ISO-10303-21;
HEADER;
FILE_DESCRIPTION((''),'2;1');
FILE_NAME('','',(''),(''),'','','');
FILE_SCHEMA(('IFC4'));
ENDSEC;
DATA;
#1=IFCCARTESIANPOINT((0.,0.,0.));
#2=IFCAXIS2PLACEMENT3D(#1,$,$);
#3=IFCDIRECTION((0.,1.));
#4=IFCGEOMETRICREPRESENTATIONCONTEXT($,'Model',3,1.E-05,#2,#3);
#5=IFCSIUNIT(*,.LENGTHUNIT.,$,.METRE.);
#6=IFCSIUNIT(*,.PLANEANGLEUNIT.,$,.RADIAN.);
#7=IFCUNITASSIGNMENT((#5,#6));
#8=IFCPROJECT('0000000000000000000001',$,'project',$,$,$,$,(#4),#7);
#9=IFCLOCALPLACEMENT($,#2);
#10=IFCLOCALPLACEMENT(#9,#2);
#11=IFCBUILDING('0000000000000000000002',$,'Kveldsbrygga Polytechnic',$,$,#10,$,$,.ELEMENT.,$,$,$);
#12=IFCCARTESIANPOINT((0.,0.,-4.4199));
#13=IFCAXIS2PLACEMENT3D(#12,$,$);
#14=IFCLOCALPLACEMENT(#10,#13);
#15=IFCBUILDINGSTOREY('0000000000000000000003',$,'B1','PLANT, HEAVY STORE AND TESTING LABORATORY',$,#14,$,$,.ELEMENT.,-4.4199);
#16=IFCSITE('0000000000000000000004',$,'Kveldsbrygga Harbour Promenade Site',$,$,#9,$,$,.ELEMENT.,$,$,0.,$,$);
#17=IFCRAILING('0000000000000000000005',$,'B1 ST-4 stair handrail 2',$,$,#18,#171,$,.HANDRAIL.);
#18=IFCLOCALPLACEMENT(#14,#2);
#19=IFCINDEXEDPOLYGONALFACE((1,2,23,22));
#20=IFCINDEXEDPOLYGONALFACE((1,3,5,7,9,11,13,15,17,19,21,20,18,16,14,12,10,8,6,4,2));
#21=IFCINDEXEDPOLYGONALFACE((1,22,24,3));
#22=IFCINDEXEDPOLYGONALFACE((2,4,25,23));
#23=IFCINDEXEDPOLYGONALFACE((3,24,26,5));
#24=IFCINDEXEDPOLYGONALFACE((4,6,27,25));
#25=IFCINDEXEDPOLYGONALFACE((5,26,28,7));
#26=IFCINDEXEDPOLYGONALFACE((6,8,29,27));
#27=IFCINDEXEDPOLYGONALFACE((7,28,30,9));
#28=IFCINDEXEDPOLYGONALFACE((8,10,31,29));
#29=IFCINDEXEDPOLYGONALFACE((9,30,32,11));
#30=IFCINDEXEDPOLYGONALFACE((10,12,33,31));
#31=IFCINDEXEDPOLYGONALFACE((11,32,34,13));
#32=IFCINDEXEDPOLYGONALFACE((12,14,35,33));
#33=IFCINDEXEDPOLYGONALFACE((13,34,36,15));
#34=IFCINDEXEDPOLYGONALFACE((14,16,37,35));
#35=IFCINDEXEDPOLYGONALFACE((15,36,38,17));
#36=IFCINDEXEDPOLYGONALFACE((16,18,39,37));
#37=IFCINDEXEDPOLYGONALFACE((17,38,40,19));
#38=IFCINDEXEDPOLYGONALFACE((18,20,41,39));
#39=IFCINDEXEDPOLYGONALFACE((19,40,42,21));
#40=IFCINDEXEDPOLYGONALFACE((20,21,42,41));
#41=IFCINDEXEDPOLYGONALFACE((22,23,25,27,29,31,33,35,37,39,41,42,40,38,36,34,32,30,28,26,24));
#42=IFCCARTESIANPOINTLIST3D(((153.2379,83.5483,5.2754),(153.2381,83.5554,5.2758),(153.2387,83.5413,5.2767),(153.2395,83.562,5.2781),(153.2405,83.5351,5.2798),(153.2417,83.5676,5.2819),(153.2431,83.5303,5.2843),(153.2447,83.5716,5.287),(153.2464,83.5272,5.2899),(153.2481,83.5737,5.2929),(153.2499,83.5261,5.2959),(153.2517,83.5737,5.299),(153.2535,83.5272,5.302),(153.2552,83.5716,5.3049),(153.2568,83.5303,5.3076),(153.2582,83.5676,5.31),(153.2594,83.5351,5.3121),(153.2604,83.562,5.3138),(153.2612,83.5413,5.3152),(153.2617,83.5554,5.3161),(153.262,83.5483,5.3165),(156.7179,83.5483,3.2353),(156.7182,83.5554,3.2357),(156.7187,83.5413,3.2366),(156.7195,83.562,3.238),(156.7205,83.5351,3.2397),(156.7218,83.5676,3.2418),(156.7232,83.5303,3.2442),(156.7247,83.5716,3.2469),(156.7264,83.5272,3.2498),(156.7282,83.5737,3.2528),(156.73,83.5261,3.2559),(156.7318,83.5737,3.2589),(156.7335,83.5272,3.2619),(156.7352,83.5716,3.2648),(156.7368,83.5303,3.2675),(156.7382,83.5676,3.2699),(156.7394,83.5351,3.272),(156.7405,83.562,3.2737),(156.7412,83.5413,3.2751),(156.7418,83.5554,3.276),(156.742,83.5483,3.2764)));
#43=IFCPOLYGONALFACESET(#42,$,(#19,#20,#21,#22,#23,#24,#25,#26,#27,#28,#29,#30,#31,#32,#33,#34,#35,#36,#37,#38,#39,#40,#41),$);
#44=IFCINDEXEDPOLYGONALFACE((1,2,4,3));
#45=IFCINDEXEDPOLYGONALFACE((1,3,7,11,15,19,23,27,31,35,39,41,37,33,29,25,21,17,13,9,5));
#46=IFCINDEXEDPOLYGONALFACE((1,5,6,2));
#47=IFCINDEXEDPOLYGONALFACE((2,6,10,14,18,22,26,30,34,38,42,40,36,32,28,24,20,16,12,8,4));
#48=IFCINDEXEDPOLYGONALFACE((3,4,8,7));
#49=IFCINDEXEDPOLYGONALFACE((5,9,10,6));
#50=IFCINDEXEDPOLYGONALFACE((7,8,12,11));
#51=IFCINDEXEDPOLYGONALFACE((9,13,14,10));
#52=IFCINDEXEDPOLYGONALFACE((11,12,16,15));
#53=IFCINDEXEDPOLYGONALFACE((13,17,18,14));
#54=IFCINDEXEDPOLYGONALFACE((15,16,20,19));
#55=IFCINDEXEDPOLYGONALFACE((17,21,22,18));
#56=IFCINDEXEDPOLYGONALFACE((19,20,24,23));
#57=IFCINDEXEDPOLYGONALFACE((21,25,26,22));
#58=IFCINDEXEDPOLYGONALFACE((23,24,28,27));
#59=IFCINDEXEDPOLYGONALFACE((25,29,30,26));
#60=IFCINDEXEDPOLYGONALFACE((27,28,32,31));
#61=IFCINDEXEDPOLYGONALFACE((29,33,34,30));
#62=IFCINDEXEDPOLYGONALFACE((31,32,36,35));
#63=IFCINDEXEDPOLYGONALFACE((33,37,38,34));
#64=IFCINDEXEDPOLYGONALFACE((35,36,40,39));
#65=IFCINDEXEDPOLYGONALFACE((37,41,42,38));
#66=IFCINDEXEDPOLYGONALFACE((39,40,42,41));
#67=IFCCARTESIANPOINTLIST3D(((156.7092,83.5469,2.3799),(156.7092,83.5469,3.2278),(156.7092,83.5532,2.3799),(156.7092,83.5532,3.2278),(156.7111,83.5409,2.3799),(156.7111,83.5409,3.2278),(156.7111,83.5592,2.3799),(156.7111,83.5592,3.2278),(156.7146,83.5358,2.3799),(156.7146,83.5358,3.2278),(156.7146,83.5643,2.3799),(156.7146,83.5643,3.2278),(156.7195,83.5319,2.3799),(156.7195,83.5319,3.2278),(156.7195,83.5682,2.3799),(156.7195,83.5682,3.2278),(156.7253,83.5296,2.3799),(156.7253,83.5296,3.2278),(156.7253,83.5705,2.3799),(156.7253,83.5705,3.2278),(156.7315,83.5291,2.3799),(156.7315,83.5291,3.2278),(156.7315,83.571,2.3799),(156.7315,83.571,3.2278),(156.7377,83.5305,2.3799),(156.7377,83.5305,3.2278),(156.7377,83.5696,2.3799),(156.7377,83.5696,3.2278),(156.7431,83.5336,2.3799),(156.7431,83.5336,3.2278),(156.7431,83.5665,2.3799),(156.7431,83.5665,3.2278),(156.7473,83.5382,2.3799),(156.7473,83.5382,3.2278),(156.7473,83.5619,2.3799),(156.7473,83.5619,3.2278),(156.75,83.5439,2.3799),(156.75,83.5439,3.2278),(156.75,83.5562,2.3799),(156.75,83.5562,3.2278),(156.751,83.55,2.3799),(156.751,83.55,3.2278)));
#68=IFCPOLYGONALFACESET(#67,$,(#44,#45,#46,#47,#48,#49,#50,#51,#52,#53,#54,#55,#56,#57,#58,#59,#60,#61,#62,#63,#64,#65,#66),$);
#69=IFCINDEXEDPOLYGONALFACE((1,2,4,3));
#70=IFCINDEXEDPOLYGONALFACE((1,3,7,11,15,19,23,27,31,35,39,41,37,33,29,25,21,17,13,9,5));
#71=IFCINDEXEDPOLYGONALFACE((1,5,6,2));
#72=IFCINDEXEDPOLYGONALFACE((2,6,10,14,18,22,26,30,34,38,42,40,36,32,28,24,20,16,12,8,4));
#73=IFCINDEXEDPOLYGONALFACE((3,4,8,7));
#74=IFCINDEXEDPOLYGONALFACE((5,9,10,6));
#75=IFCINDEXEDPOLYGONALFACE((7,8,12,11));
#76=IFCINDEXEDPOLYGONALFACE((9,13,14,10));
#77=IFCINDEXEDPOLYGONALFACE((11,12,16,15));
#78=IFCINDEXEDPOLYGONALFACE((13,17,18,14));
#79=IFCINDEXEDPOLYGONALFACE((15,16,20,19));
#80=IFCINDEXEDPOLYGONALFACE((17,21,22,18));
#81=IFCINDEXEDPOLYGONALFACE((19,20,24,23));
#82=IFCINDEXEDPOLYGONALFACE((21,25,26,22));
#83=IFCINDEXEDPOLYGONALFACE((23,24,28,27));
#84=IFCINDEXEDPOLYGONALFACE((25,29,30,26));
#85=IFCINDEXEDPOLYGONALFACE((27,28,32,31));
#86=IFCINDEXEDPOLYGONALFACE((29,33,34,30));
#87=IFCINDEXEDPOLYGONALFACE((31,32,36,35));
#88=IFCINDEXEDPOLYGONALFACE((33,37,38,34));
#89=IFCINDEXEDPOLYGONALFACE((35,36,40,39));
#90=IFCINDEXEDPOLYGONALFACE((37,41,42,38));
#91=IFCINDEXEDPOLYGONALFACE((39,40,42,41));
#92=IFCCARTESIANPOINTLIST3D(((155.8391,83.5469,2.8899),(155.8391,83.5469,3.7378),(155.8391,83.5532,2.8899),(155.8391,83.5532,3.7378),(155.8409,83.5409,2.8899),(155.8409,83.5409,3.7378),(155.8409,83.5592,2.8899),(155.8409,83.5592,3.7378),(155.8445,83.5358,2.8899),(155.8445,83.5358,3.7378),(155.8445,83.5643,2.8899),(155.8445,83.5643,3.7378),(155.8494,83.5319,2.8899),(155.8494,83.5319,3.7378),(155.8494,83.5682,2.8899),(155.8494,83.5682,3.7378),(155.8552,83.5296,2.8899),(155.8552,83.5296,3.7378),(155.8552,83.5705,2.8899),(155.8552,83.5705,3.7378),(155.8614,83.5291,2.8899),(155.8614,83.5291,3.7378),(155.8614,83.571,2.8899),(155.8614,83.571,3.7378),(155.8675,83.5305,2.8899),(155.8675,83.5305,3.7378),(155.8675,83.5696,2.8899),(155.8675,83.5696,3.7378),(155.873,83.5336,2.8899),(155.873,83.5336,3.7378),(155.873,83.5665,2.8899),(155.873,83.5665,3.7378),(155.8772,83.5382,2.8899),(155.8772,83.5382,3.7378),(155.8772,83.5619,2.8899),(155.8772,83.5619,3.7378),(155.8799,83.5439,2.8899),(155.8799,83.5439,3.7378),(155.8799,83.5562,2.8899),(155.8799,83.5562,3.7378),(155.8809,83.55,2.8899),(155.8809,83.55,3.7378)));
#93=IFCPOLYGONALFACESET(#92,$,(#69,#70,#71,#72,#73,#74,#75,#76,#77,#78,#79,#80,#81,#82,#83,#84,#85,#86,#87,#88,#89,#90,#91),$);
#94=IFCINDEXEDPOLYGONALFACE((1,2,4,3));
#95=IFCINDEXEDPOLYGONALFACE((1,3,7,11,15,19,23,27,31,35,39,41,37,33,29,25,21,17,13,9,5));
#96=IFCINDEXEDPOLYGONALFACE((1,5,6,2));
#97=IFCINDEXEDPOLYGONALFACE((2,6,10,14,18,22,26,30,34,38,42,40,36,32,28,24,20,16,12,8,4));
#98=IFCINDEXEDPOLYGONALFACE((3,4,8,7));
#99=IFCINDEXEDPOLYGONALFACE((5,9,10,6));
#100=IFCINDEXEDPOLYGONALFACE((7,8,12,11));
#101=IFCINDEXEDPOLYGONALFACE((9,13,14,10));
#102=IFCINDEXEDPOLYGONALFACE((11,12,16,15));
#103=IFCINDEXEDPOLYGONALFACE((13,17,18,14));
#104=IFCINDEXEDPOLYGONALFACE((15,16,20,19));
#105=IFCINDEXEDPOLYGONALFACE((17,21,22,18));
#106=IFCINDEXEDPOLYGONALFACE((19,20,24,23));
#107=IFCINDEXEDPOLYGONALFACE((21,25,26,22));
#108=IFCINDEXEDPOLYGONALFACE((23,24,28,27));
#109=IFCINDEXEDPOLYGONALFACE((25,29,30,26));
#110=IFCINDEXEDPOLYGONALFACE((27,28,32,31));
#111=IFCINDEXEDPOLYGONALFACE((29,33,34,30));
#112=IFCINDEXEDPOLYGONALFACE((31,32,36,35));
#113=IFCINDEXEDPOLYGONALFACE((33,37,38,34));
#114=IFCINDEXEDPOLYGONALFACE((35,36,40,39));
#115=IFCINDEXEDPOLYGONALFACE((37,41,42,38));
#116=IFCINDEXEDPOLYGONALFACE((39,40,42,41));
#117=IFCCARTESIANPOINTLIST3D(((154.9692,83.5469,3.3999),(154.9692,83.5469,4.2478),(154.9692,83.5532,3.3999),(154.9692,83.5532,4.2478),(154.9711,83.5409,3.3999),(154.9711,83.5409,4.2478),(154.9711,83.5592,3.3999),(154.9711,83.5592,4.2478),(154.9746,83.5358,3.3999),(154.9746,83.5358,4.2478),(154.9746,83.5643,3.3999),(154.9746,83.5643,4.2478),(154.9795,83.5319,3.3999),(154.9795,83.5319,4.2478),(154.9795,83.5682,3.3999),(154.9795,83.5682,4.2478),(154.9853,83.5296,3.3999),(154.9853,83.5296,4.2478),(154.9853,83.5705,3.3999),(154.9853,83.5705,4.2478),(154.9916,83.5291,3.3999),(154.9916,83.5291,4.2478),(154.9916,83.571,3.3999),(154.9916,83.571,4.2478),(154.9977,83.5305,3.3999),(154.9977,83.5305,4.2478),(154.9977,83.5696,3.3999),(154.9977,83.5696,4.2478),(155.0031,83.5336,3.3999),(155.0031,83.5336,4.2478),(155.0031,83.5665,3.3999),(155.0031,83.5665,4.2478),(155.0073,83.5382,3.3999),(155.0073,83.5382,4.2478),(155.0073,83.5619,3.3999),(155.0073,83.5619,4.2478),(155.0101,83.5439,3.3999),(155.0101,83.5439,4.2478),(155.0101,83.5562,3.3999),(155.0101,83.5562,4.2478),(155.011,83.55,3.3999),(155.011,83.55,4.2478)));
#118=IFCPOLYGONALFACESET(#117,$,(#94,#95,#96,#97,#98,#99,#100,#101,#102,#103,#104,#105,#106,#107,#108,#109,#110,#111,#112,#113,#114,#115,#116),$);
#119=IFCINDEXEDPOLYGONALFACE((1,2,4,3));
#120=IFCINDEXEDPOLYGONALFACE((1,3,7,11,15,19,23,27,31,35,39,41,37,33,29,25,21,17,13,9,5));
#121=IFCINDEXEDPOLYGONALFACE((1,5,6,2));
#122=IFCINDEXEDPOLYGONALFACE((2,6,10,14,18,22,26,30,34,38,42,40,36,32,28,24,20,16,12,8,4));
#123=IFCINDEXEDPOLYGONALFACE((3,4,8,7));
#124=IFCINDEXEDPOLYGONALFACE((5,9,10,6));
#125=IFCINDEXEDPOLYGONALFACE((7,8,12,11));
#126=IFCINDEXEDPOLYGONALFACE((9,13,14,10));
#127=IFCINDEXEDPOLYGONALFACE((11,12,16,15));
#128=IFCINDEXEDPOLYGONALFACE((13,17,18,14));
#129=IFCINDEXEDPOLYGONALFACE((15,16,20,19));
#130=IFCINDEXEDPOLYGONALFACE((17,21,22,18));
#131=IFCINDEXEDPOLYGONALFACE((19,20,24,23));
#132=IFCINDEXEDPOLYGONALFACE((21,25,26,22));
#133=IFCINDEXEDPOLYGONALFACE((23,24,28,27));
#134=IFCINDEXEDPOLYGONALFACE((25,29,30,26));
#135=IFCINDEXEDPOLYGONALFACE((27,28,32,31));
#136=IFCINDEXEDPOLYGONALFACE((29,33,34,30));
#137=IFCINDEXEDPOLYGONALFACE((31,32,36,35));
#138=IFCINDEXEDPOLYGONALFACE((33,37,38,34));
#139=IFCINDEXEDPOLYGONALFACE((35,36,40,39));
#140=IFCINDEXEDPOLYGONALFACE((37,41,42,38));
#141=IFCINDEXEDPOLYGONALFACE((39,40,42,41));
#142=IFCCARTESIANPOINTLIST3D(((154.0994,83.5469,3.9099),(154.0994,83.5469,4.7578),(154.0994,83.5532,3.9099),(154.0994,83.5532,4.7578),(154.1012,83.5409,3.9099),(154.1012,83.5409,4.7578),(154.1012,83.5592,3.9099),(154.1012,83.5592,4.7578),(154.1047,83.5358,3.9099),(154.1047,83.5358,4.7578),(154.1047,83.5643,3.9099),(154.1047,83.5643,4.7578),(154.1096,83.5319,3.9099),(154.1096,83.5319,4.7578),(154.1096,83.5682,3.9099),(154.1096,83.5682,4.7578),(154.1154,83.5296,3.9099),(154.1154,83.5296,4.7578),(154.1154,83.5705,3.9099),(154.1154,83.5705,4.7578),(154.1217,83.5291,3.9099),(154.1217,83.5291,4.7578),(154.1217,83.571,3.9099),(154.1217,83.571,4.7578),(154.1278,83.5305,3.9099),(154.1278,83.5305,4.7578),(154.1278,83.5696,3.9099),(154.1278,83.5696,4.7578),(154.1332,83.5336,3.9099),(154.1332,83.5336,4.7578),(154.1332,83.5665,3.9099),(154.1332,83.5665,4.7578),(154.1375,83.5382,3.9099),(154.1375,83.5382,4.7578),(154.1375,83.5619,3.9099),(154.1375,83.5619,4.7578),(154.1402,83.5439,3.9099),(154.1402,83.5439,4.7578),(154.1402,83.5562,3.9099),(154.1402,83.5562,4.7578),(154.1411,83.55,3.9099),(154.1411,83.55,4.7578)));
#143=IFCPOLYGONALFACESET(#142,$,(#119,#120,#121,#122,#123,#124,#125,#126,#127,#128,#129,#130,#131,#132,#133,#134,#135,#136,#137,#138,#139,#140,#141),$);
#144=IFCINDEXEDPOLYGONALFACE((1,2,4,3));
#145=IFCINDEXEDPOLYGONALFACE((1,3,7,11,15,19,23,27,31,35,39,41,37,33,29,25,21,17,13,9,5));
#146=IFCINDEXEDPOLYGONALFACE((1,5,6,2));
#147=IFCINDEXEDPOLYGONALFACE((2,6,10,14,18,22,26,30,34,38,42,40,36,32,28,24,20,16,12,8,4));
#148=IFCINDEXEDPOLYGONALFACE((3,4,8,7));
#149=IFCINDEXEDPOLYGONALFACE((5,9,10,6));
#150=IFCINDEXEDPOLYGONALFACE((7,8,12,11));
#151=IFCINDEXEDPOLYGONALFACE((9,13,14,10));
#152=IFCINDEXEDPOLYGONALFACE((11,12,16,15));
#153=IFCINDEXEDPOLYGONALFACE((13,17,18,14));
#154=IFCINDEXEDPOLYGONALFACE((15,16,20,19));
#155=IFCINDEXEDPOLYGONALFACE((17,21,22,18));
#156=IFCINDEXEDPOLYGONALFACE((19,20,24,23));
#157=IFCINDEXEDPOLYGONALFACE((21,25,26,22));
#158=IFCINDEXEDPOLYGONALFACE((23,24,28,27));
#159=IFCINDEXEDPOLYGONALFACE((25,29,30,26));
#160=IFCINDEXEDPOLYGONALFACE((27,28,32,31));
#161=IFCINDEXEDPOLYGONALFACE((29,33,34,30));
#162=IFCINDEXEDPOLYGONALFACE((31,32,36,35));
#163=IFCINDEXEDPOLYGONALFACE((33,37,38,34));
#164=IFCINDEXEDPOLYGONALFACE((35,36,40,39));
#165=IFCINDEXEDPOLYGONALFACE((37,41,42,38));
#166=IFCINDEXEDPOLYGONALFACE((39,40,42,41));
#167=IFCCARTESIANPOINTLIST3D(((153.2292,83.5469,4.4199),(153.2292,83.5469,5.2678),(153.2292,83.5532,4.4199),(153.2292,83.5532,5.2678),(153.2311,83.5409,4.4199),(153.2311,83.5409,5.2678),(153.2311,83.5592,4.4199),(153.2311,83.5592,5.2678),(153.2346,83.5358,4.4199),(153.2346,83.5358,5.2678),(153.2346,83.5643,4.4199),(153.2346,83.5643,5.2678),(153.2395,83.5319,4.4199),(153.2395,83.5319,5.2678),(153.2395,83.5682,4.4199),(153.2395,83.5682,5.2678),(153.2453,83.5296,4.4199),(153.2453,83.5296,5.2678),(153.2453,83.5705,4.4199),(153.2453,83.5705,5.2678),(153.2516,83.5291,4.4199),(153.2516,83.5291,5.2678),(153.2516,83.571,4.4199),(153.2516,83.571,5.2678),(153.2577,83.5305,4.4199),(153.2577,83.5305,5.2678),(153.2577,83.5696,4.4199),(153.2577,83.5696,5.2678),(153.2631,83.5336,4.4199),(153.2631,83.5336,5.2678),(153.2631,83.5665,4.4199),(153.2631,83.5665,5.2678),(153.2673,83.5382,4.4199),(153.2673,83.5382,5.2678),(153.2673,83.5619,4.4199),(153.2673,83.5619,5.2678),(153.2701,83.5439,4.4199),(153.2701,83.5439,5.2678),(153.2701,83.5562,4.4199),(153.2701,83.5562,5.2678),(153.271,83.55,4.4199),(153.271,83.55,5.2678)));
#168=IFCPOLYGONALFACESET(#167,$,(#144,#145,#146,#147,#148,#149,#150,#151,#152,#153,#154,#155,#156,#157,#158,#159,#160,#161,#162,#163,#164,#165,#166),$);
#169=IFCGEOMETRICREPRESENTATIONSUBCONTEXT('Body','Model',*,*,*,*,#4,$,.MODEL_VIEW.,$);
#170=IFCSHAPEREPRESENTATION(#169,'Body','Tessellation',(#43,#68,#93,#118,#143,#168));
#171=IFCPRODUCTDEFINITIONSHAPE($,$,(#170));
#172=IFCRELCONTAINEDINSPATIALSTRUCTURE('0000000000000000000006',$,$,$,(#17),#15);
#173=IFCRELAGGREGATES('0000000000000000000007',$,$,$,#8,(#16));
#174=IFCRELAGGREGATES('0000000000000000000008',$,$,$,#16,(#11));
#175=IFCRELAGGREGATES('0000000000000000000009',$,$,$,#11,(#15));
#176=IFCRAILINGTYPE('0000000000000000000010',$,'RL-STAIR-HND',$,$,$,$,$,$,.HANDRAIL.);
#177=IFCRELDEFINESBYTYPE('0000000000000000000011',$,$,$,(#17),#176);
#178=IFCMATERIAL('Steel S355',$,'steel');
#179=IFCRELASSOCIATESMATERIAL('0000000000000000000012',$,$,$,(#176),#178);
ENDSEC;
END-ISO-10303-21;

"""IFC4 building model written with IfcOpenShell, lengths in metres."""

from ifc_helpers import new_model, si_unit, direction, frame, origin, origin_2d, place, context, subcontext, project, spatial, circle, extrude, material, type_object, element, save


model = new_model("IFC4")

# Units and contexts
model_context = context("Model", 3, precision=1e-05, world=origin(), true_north=direction((0.0, 1.0)))
body_context = subcontext(model_context, "Body", "Model", "MODEL_VIEW")
ifc_project = project(units=[si_unit("LENGTHUNIT", "METRE"), si_unit("PLANEANGLEUNIT", "RADIAN")], contexts=[model_context])

# Site, building, storey
site_placement = place(None, origin())
site = spatial("IfcSite", under=ifc_project, at=site_placement, Name="Kveldsbrygga Harbour Promenade Site", CompositionType="ELEMENT", RefElevation=0.0)
building_placement = place(site_placement, origin())
building = spatial("IfcBuilding", under=site, at=building_placement, Name="Kveldsbrygga Polytechnic", CompositionType="ELEMENT")
storey_placement = place(building_placement, frame((0.0, 0.0, -4.4199)))
storey = spatial("IfcBuildingStorey", under=building, at=storey_placement, Name="B1", Description="PLANT, HEAVY STORE AND TESTING LABORATORY", CompositionType="ELEMENT", Elevation=-4.4199)

# Railing
ifc_material_1 = material(Name="Steel S355", Category="steel")
railing_type_1 = type_object("IfcRailingType", Name="RL-STAIR-HND", PredefinedType="HANDRAIL", material=ifc_material_1)
railing_1_placement = place(storey_placement, frame((156.73, 83.55, 2.3799)))
element("IfcRailing", 1, at=railing_1_placement, inside=storey, type_object=railing_type_1, Name="B1 ST-4 stair handrail 2", PredefinedType="HANDRAIL", context=body_context, shape_type="SweptSolid", body=[
    extrude(circle(Radius=0.0239, at=origin_2d()), frame((0.0, 0.0, 0.876), z_axis=(-0.862693, 0.0, 0.505729), x_axis=(0.0, -1.0, 0.0)), (0.0, 0.0, 1.0), 4.0339),
    extrude(circle(Radius=0.021, at=origin_2d()), origin(), (0.0, 0.0, 1.0), 0.8479),
    extrude(circle(Radius=0.021, at=origin_2d()), frame((-0.8701, 0.0, 0.51)), (0.0, 0.0, 1.0), 0.8479),
    extrude(circle(Radius=0.021, at=origin_2d()), frame((-1.74, 0.0, 1.02)), (0.0, 0.0, 1.0), 0.8479),
    extrude(circle(Radius=0.021, at=origin_2d()), frame((-2.6099, 0.0, 1.53)), (0.0, 0.0, 1.0), 0.8479),
    extrude(circle(Radius=0.021, at=origin_2d()), frame((-3.48, 0.0, 2.04)), (0.0, 0.0, 1.0), 0.8479),
])

save(model, "model.ifc")
